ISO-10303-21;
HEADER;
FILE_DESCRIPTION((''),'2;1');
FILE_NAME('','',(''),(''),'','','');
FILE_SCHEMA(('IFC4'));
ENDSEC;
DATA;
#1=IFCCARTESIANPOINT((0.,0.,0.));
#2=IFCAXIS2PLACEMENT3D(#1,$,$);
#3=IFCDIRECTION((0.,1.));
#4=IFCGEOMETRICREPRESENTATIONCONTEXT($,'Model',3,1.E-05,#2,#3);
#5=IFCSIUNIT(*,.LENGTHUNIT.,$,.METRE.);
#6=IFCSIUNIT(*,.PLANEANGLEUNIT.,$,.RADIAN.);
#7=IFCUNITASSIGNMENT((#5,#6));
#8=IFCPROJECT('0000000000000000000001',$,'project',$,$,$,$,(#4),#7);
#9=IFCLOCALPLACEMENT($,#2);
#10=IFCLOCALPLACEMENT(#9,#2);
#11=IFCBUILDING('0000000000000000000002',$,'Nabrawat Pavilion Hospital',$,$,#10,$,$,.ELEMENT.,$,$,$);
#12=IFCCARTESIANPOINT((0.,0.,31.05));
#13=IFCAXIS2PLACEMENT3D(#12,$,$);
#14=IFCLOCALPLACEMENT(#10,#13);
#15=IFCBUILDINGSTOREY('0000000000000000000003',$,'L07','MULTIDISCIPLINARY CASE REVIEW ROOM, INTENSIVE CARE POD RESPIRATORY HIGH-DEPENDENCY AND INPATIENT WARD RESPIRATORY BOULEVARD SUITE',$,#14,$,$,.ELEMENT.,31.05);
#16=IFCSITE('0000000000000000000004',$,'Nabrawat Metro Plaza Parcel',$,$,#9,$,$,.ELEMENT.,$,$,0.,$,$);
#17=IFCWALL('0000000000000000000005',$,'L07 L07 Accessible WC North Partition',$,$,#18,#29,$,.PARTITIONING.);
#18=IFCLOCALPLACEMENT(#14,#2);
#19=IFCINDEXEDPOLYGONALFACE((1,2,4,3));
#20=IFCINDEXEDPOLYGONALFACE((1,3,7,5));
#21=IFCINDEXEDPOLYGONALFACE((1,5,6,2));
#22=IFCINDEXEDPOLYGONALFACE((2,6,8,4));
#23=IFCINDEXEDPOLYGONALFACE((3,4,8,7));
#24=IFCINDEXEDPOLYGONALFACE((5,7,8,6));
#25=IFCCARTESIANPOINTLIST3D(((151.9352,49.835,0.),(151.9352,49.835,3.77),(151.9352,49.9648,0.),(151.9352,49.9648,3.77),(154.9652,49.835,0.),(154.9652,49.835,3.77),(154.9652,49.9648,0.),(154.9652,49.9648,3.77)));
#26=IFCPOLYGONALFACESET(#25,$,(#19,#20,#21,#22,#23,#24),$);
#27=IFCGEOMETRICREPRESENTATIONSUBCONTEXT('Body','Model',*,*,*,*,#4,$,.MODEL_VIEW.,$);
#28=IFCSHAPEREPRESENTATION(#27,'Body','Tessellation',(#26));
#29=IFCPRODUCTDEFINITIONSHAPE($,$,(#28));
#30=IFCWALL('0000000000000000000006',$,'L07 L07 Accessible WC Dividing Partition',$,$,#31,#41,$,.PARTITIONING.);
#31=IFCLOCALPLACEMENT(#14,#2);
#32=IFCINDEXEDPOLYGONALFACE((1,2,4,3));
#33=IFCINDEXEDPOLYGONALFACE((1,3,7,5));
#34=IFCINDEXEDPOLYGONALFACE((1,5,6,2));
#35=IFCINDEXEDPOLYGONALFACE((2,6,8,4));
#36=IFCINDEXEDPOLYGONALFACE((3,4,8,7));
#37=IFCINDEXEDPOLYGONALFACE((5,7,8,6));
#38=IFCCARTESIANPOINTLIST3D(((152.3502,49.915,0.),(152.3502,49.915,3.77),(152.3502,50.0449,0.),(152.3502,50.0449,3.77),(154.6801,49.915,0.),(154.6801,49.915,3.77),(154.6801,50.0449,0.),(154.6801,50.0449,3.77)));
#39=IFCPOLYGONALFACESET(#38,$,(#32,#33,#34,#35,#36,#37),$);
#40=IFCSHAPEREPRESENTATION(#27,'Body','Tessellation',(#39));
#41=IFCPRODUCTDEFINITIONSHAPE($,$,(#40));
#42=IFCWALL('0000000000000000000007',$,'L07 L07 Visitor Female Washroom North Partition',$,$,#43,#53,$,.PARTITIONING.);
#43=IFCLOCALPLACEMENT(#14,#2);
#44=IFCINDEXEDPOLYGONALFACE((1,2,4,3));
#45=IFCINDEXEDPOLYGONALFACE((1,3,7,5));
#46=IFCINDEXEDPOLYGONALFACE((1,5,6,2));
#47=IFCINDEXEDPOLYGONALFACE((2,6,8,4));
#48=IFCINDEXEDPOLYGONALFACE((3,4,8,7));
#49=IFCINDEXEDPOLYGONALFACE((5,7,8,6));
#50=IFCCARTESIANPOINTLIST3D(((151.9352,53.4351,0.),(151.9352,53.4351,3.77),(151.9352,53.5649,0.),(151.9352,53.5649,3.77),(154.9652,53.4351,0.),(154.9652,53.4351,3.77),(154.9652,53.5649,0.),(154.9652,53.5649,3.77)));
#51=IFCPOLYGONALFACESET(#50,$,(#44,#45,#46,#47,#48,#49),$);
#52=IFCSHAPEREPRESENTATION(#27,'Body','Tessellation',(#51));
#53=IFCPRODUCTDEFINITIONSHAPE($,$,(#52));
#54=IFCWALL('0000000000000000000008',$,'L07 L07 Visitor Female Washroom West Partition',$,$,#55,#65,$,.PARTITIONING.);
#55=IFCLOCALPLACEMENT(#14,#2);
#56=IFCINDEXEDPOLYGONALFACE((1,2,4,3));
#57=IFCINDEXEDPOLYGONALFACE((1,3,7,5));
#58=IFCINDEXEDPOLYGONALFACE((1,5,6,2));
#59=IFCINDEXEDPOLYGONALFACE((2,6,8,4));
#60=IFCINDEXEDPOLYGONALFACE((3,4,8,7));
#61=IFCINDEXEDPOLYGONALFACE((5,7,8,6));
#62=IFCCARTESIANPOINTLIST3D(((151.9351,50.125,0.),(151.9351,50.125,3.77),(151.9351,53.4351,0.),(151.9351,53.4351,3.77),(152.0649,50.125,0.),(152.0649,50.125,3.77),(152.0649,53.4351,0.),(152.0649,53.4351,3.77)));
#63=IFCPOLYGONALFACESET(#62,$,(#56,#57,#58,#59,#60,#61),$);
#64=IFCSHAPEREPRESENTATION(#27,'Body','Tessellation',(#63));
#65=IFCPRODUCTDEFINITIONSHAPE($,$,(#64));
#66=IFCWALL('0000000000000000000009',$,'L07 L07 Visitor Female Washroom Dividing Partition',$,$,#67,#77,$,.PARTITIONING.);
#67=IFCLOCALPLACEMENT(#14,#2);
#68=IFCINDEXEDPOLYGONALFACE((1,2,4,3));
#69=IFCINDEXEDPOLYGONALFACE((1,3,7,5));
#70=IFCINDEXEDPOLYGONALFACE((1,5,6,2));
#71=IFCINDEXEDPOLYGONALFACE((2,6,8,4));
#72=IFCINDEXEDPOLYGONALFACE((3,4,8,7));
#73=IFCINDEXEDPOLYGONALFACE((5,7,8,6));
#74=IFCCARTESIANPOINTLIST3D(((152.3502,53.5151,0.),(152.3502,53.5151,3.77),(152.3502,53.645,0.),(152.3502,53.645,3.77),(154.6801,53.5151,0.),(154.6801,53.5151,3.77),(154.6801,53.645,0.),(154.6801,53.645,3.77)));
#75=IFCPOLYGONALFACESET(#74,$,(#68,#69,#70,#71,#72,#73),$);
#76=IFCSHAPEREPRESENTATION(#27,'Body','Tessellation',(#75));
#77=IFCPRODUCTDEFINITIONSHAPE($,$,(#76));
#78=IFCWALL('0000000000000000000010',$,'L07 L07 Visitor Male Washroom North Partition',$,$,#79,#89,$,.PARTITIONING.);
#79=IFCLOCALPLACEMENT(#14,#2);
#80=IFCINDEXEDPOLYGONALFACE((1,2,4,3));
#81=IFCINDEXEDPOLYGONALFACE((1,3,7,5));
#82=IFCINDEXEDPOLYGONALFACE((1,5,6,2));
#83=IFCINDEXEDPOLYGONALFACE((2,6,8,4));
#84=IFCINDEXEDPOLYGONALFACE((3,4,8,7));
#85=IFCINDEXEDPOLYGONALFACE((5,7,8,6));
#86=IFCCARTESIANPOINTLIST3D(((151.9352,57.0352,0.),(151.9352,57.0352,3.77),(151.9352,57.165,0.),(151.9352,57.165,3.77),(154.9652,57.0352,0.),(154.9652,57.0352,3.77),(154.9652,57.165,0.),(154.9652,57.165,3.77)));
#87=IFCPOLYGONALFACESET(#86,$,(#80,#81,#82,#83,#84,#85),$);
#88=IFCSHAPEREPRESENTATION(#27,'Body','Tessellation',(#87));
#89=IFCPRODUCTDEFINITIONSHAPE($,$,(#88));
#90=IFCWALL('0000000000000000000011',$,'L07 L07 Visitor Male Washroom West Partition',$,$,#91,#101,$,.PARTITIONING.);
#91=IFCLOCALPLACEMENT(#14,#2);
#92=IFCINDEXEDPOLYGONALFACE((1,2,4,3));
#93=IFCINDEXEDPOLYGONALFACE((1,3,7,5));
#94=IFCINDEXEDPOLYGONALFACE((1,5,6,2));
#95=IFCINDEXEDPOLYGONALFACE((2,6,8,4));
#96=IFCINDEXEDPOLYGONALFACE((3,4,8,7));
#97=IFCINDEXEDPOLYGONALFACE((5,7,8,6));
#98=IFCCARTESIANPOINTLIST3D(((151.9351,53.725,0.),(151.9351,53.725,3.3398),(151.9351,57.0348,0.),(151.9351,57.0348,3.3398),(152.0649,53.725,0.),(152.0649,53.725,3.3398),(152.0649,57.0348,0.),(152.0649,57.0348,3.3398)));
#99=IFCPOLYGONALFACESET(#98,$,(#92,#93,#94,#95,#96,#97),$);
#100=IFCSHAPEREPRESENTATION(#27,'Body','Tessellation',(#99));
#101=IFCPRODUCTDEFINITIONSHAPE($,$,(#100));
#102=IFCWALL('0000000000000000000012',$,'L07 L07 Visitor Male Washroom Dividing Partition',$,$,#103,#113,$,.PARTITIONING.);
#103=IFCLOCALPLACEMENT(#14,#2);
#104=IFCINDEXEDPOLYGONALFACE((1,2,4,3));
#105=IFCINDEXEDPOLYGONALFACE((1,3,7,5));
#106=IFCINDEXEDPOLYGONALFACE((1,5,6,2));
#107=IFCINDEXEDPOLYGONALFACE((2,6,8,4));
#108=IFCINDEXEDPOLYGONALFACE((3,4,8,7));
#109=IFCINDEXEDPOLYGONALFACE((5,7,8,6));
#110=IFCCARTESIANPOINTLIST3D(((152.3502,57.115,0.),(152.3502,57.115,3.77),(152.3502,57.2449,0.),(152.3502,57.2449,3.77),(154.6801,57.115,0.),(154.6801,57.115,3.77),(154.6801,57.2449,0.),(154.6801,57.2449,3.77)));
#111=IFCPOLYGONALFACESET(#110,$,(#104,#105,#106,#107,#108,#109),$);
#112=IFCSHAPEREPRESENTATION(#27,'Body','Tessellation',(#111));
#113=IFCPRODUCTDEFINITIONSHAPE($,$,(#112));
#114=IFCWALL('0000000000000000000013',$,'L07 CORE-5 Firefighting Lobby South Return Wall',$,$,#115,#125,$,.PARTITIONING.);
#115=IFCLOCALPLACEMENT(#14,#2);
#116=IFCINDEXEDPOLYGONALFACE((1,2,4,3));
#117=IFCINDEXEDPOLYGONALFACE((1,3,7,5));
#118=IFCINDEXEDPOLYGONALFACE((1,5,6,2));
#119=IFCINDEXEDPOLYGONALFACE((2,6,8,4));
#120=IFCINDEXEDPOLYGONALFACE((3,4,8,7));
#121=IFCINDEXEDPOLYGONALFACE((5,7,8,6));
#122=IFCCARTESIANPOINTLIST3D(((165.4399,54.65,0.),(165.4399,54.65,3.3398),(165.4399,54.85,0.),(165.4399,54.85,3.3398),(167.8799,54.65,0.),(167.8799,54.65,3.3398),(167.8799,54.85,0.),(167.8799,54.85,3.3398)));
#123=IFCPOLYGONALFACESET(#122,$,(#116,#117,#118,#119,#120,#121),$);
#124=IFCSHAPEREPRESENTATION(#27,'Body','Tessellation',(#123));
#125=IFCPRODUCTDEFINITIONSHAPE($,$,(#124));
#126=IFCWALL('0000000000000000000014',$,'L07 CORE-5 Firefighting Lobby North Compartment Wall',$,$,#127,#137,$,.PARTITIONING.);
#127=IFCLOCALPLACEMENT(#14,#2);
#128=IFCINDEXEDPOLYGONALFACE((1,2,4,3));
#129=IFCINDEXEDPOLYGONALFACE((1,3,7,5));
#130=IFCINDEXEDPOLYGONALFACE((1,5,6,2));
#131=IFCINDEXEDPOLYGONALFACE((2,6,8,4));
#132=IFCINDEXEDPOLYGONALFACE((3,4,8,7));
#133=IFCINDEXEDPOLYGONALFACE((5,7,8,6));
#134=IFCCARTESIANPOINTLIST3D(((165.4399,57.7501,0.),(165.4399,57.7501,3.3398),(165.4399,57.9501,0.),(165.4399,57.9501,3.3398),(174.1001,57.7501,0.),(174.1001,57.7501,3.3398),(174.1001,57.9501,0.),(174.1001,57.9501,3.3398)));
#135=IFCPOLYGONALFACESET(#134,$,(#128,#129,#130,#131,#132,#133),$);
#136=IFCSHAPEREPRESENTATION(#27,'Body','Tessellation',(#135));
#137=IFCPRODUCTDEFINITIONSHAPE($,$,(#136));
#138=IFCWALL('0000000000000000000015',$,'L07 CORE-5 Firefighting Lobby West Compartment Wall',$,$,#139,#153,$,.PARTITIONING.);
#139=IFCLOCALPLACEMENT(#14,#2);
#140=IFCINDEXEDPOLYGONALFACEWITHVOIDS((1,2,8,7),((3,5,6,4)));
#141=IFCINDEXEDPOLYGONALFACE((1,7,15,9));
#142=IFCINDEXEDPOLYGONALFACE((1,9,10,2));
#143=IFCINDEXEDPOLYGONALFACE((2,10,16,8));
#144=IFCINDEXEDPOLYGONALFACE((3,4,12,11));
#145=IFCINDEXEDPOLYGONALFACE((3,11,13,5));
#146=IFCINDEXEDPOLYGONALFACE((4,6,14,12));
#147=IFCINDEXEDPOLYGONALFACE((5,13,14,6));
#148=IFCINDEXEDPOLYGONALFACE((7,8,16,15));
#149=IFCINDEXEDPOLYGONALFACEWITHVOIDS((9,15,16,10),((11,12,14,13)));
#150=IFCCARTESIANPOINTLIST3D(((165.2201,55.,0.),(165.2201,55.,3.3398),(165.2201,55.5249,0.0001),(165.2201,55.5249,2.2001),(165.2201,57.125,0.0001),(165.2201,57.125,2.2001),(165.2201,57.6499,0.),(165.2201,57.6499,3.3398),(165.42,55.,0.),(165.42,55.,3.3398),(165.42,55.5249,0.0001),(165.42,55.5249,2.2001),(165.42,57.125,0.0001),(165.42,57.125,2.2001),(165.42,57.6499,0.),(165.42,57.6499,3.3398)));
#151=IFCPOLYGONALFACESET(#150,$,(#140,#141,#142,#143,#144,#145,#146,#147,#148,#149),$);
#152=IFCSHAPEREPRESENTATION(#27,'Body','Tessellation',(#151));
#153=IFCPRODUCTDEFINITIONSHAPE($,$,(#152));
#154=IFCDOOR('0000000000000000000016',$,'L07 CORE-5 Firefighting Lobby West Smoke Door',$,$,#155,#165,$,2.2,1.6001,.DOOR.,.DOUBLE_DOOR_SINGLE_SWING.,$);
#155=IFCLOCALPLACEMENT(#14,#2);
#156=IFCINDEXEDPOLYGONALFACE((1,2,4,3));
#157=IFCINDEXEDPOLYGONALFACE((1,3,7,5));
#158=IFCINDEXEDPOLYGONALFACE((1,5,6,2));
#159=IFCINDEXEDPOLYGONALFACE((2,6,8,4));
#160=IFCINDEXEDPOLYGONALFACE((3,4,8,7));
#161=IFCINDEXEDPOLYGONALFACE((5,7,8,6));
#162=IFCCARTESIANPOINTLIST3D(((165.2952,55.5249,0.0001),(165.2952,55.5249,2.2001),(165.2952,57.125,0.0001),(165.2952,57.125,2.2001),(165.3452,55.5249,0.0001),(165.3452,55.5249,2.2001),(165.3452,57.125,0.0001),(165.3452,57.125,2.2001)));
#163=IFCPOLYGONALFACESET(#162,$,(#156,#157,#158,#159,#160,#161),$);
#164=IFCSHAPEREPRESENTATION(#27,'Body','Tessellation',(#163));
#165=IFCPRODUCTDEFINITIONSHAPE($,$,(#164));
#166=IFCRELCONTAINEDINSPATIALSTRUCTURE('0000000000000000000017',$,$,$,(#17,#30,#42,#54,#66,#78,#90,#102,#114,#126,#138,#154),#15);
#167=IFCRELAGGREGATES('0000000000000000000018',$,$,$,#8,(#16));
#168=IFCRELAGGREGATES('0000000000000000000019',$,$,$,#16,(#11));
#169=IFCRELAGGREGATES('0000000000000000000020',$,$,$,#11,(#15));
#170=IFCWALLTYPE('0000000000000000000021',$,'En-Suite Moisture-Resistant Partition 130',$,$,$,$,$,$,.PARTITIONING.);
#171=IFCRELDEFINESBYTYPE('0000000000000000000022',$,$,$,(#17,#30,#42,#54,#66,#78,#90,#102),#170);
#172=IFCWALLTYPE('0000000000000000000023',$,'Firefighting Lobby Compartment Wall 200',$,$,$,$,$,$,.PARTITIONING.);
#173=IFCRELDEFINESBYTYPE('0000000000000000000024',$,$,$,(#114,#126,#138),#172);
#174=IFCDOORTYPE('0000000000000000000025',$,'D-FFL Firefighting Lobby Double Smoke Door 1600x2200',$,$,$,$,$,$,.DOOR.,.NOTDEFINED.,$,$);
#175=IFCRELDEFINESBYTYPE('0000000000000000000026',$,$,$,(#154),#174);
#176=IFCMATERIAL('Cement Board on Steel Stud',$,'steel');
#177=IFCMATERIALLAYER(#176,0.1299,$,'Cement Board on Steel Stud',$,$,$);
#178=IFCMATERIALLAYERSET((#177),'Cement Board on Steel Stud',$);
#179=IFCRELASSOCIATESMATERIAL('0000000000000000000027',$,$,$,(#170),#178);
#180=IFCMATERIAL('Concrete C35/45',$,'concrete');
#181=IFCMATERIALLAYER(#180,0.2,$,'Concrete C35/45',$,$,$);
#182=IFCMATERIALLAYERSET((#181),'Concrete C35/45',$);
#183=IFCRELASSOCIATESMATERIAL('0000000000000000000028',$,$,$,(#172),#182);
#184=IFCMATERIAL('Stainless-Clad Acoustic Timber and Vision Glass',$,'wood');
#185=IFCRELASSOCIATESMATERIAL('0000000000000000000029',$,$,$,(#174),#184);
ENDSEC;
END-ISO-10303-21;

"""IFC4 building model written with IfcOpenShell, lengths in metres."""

from ifc_helpers import new_model, si_unit, direction, frame, frame_2d, origin, place, context, subcontext, project, spatial, rectangle, extrude, material, layer, layer_set, type_object, element, fill, save


model = new_model("IFC4")

# Units and contexts
model_context = context("Model", 3, precision=1e-05, world=origin(), true_north=direction((0.0, 1.0)))
body_context = subcontext(model_context, "Body", "Model", "MODEL_VIEW")
ifc_project = project(units=[si_unit("LENGTHUNIT", "METRE"), si_unit("PLANEANGLEUNIT", "RADIAN")], contexts=[model_context])

# Site, building, storey
site_placement = place(None, origin())
site = spatial("IfcSite", under=ifc_project, at=site_placement, Name="Nabrawat Metro Plaza Parcel", CompositionType="ELEMENT", RefElevation=0.0)
building_placement = place(site_placement, origin())
building = spatial("IfcBuilding", under=site, at=building_placement, Name="Nabrawat Pavilion Hospital", CompositionType="ELEMENT")
storey_placement = place(building_placement, frame((0.0, 0.0, 31.05)))
storey = spatial("IfcBuildingStorey", under=building, at=storey_placement, Name="L07", Description="MULTIDISCIPLINARY CASE REVIEW ROOM, INTENSIVE CARE POD RESPIRATORY HIGH-DEPENDENCY AND INPATIENT WARD RESPIRATORY BOULEVARD SUITE", CompositionType="ELEMENT", Elevation=31.05)

# Shared definitions
ifc_material_1 = material(Name="Stainless-Clad Acoustic Timber and Vision Glass", Category="wood")

# Walls
ifc_material_2 = material(Name="Cement Board on Steel Stud", Category="steel")
ifc_layer_1 = layer(ifc_material_2, 0.1299, Name="Cement Board on Steel Stud")
ifc_layer_set_1 = layer_set([ifc_layer_1], Name="Cement Board on Steel Stud")
wall_type_1 = type_object("IfcWallType", Name="En-Suite Moisture-Resistant Partition 130", PredefinedType="PARTITIONING", material=ifc_layer_set_1)
wall_1_placement = place(storey_placement, frame((151.9351, 49.8999, 0.0), z_axis=(0.0, 0.0, 1.0), x_axis=(1.0, 0.0, 0.0)))
element("IfcWall", 1, at=wall_1_placement, inside=storey, type_object=wall_type_1, Name="L07 L07 Accessible WC North Partition", PredefinedType="PARTITIONING", context=body_context, shape_type="SweptSolid", body=[
    extrude(rectangle(XDim=3.03, YDim=0.1299, at=frame_2d((1.5151, 0.0))), origin(), (0.0, 0.0, 1.0), 3.77),
])
wall_2_placement = place(storey_placement, frame((152.3501, 49.98, 0.0), z_axis=(0.0, 0.0, 1.0), x_axis=(1.0, 0.0, 0.0)))
element("IfcWall", 2, at=wall_2_placement, inside=storey, type_object=wall_type_1, Name="L07 L07 Accessible WC Dividing Partition", PredefinedType="PARTITIONING", context=body_context, shape_type="SweptSolid", body=[
    extrude(rectangle(XDim=2.3298, YDim=0.1299, at=frame_2d((1.165, 0.0))), origin(), (0.0, 0.0, 1.0), 3.77),
])
wall_3_placement = place(storey_placement, frame((151.9351, 53.5, 0.0), z_axis=(0.0, 0.0, 1.0), x_axis=(1.0, 0.0, 0.0)))
element("IfcWall", 3, at=wall_3_placement, inside=storey, type_object=wall_type_1, Name="L07 L07 Visitor Female Washroom North Partition", PredefinedType="PARTITIONING", context=body_context, shape_type="SweptSolid", body=[
    extrude(rectangle(XDim=3.03, YDim=0.1299, at=frame_2d((1.5151, 0.0))), origin(), (0.0, 0.0, 1.0), 3.77),
])
wall_4_placement = place(storey_placement, frame((152.0, 50.125, 0.0), z_axis=(0.0, 0.0, 1.0), x_axis=(0.0, 1.0, 0.0)))
element("IfcWall", 4, at=wall_4_placement, inside=storey, type_object=wall_type_1, Name="L07 L07 Visitor Female Washroom West Partition", PredefinedType="PARTITIONING", context=body_context, shape_type="SweptSolid", body=[
    extrude(rectangle(XDim=3.3101, YDim=0.1299, at=frame_2d((1.655, 0.0))), origin(), (0.0, 0.0, 1.0), 3.77),
])
wall_5_placement = place(storey_placement, frame((152.3501, 53.5801, 0.0), z_axis=(0.0, 0.0, 1.0), x_axis=(1.0, 0.0, 0.0)))
element("IfcWall", 5, at=wall_5_placement, inside=storey, type_object=wall_type_1, Name="L07 L07 Visitor Female Washroom Dividing Partition", PredefinedType="PARTITIONING", context=body_context, shape_type="SweptSolid", body=[
    extrude(rectangle(XDim=2.3298, YDim=0.1299, at=frame_2d((1.165, 0.0))), origin(), (0.0, 0.0, 1.0), 3.77),
])
wall_6_placement = place(storey_placement, frame((151.9351, 57.1001, 0.0), z_axis=(0.0, 0.0, 1.0), x_axis=(1.0, 0.0, 0.0)))
element("IfcWall", 6, at=wall_6_placement, inside=storey, type_object=wall_type_1, Name="L07 L07 Visitor Male Washroom North Partition", PredefinedType="PARTITIONING", context=body_context, shape_type="SweptSolid", body=[
    extrude(rectangle(XDim=3.03, YDim=0.1299, at=frame_2d((1.5151, 0.0))), origin(), (0.0, 0.0, 1.0), 3.77),
])
wall_7_placement = place(storey_placement, frame((152.0, 53.7251, 0.0), z_axis=(0.0, 0.0, 1.0), x_axis=(0.0, 1.0, 0.0)))
element("IfcWall", 7, at=wall_7_placement, inside=storey, type_object=wall_type_1, Name="L07 L07 Visitor Male Washroom West Partition", PredefinedType="PARTITIONING", context=body_context, shape_type="SweptSolid", body=[
    extrude(rectangle(XDim=3.3098, YDim=0.1299, at=frame_2d((1.6548, 0.0))), origin(), (0.0, 0.0, 1.0), 3.3398),
])
wall_8_placement = place(storey_placement, frame((152.3501, 57.1799, 0.0), z_axis=(0.0, 0.0, 1.0), x_axis=(1.0, 0.0, 0.0)))
element("IfcWall", 8, at=wall_8_placement, inside=storey, type_object=wall_type_1, Name="L07 L07 Visitor Male Washroom Dividing Partition", PredefinedType="PARTITIONING", context=body_context, shape_type="SweptSolid", body=[
    extrude(rectangle(XDim=2.3298, YDim=0.1299, at=frame_2d((1.165, 0.0))), origin(), (0.0, 0.0, 1.0), 3.77),
])
ifc_material_3 = material(Name="Concrete C35/45", Category="concrete")
ifc_layer_2 = layer(ifc_material_3, 0.2, Name="Concrete C35/45")
ifc_layer_set_2 = layer_set([ifc_layer_2], Name="Concrete C35/45")
wall_type_2 = type_object("IfcWallType", Name="Firefighting Lobby Compartment Wall 200", PredefinedType="PARTITIONING", material=ifc_layer_set_2)
wall_9_placement = place(storey_placement, frame((165.4399, 54.75, 0.0), z_axis=(0.0, 0.0, 1.0), x_axis=(1.0, 0.0, 0.0)))
element("IfcWall", 9, at=wall_9_placement, inside=storey, type_object=wall_type_2, Name="L07 CORE-5 Firefighting Lobby South Return Wall", PredefinedType="PARTITIONING", context=body_context, shape_type="SweptSolid", body=[
    extrude(rectangle(XDim=2.4399, YDim=0.2, at=frame_2d((1.22, 0.0))), origin(), (0.0, 0.0, 1.0), 3.3398),
])
wall_10_placement = place(storey_placement, frame((165.4399, 57.8501, 0.0), z_axis=(0.0, 0.0, 1.0), x_axis=(1.0, 0.0, 0.0)))
element("IfcWall", 10, at=wall_10_placement, inside=storey, type_object=wall_type_2, Name="L07 CORE-5 Firefighting Lobby North Compartment Wall", PredefinedType="PARTITIONING", context=body_context, shape_type="SweptSolid", body=[
    extrude(rectangle(XDim=8.6602, YDim=0.2, at=frame_2d((4.3301, 0.0))), origin(), (0.0, 0.0, 1.0), 3.3398),
])

# Wall, opening, door
wall_11_placement = place(storey_placement, frame((165.3201, 55.0, 0.0), z_axis=(0.0, 0.0, 1.0), x_axis=(0.0, 1.0, 0.0)))
wall_11 = element("IfcWall", 11, at=wall_11_placement, inside=storey, type_object=wall_type_2, Name="L07 CORE-5 Firefighting Lobby West Compartment Wall", PredefinedType="PARTITIONING", context=body_context, shape_type="SweptSolid", body=[
    extrude(rectangle(XDim=2.6499, YDim=0.2, at=frame_2d((1.325, 0.0))), origin(), (0.0, 0.0, 1.0), 3.3398),
])
opening_1_placement = place(wall_11_placement, frame((0.5249, 0.0, 0.0)))
opening_1 = element("IfcOpeningElement", 12, at=opening_1_placement, cuts=wall_11, PredefinedType="OPENING", context=body_context, shape_type="SweptSolid", body=[
    extrude(rectangle(XDim=1.6001, YDim=2.2, at=frame_2d((0.8, 1.1001))), frame((0.0, 0.1099, 0.0), z_axis=(0.0, -1.0, 0.0), x_axis=(1.0, 0.0, 0.0)), (0.0, 0.0, 1.0), 0.22),
])
door_type_1 = type_object("IfcDoorType", Name="D-FFL Firefighting Lobby Double Smoke Door 1600x2200", OperationType="NOTDEFINED", PredefinedType="DOOR", material=ifc_material_1)
door_1_placement = place(opening_1_placement, origin())
door_1 = element("IfcDoor", 13, at=door_1_placement, inside=storey, type_object=door_type_1, Name="L07 CORE-5 Firefighting Lobby West Smoke Door", OperationType="DOUBLE_DOOR_SINGLE_SWING", OverallHeight=2.2, OverallWidth=1.6001, PredefinedType="DOOR", context=body_context, shape_type="SweptSolid", body=[
    extrude(rectangle(XDim=1.6001, YDim=2.2, at=frame_2d((0.8, 1.1001))), frame((0.0, 0.0249, 0.0), z_axis=(0.0, -1.0, 0.0), x_axis=(1.0, 0.0, 0.0)), (0.0, 0.0, 1.0), 0.05),
])
fill(opening_1, door_1)

save(model, "model.ifc")
